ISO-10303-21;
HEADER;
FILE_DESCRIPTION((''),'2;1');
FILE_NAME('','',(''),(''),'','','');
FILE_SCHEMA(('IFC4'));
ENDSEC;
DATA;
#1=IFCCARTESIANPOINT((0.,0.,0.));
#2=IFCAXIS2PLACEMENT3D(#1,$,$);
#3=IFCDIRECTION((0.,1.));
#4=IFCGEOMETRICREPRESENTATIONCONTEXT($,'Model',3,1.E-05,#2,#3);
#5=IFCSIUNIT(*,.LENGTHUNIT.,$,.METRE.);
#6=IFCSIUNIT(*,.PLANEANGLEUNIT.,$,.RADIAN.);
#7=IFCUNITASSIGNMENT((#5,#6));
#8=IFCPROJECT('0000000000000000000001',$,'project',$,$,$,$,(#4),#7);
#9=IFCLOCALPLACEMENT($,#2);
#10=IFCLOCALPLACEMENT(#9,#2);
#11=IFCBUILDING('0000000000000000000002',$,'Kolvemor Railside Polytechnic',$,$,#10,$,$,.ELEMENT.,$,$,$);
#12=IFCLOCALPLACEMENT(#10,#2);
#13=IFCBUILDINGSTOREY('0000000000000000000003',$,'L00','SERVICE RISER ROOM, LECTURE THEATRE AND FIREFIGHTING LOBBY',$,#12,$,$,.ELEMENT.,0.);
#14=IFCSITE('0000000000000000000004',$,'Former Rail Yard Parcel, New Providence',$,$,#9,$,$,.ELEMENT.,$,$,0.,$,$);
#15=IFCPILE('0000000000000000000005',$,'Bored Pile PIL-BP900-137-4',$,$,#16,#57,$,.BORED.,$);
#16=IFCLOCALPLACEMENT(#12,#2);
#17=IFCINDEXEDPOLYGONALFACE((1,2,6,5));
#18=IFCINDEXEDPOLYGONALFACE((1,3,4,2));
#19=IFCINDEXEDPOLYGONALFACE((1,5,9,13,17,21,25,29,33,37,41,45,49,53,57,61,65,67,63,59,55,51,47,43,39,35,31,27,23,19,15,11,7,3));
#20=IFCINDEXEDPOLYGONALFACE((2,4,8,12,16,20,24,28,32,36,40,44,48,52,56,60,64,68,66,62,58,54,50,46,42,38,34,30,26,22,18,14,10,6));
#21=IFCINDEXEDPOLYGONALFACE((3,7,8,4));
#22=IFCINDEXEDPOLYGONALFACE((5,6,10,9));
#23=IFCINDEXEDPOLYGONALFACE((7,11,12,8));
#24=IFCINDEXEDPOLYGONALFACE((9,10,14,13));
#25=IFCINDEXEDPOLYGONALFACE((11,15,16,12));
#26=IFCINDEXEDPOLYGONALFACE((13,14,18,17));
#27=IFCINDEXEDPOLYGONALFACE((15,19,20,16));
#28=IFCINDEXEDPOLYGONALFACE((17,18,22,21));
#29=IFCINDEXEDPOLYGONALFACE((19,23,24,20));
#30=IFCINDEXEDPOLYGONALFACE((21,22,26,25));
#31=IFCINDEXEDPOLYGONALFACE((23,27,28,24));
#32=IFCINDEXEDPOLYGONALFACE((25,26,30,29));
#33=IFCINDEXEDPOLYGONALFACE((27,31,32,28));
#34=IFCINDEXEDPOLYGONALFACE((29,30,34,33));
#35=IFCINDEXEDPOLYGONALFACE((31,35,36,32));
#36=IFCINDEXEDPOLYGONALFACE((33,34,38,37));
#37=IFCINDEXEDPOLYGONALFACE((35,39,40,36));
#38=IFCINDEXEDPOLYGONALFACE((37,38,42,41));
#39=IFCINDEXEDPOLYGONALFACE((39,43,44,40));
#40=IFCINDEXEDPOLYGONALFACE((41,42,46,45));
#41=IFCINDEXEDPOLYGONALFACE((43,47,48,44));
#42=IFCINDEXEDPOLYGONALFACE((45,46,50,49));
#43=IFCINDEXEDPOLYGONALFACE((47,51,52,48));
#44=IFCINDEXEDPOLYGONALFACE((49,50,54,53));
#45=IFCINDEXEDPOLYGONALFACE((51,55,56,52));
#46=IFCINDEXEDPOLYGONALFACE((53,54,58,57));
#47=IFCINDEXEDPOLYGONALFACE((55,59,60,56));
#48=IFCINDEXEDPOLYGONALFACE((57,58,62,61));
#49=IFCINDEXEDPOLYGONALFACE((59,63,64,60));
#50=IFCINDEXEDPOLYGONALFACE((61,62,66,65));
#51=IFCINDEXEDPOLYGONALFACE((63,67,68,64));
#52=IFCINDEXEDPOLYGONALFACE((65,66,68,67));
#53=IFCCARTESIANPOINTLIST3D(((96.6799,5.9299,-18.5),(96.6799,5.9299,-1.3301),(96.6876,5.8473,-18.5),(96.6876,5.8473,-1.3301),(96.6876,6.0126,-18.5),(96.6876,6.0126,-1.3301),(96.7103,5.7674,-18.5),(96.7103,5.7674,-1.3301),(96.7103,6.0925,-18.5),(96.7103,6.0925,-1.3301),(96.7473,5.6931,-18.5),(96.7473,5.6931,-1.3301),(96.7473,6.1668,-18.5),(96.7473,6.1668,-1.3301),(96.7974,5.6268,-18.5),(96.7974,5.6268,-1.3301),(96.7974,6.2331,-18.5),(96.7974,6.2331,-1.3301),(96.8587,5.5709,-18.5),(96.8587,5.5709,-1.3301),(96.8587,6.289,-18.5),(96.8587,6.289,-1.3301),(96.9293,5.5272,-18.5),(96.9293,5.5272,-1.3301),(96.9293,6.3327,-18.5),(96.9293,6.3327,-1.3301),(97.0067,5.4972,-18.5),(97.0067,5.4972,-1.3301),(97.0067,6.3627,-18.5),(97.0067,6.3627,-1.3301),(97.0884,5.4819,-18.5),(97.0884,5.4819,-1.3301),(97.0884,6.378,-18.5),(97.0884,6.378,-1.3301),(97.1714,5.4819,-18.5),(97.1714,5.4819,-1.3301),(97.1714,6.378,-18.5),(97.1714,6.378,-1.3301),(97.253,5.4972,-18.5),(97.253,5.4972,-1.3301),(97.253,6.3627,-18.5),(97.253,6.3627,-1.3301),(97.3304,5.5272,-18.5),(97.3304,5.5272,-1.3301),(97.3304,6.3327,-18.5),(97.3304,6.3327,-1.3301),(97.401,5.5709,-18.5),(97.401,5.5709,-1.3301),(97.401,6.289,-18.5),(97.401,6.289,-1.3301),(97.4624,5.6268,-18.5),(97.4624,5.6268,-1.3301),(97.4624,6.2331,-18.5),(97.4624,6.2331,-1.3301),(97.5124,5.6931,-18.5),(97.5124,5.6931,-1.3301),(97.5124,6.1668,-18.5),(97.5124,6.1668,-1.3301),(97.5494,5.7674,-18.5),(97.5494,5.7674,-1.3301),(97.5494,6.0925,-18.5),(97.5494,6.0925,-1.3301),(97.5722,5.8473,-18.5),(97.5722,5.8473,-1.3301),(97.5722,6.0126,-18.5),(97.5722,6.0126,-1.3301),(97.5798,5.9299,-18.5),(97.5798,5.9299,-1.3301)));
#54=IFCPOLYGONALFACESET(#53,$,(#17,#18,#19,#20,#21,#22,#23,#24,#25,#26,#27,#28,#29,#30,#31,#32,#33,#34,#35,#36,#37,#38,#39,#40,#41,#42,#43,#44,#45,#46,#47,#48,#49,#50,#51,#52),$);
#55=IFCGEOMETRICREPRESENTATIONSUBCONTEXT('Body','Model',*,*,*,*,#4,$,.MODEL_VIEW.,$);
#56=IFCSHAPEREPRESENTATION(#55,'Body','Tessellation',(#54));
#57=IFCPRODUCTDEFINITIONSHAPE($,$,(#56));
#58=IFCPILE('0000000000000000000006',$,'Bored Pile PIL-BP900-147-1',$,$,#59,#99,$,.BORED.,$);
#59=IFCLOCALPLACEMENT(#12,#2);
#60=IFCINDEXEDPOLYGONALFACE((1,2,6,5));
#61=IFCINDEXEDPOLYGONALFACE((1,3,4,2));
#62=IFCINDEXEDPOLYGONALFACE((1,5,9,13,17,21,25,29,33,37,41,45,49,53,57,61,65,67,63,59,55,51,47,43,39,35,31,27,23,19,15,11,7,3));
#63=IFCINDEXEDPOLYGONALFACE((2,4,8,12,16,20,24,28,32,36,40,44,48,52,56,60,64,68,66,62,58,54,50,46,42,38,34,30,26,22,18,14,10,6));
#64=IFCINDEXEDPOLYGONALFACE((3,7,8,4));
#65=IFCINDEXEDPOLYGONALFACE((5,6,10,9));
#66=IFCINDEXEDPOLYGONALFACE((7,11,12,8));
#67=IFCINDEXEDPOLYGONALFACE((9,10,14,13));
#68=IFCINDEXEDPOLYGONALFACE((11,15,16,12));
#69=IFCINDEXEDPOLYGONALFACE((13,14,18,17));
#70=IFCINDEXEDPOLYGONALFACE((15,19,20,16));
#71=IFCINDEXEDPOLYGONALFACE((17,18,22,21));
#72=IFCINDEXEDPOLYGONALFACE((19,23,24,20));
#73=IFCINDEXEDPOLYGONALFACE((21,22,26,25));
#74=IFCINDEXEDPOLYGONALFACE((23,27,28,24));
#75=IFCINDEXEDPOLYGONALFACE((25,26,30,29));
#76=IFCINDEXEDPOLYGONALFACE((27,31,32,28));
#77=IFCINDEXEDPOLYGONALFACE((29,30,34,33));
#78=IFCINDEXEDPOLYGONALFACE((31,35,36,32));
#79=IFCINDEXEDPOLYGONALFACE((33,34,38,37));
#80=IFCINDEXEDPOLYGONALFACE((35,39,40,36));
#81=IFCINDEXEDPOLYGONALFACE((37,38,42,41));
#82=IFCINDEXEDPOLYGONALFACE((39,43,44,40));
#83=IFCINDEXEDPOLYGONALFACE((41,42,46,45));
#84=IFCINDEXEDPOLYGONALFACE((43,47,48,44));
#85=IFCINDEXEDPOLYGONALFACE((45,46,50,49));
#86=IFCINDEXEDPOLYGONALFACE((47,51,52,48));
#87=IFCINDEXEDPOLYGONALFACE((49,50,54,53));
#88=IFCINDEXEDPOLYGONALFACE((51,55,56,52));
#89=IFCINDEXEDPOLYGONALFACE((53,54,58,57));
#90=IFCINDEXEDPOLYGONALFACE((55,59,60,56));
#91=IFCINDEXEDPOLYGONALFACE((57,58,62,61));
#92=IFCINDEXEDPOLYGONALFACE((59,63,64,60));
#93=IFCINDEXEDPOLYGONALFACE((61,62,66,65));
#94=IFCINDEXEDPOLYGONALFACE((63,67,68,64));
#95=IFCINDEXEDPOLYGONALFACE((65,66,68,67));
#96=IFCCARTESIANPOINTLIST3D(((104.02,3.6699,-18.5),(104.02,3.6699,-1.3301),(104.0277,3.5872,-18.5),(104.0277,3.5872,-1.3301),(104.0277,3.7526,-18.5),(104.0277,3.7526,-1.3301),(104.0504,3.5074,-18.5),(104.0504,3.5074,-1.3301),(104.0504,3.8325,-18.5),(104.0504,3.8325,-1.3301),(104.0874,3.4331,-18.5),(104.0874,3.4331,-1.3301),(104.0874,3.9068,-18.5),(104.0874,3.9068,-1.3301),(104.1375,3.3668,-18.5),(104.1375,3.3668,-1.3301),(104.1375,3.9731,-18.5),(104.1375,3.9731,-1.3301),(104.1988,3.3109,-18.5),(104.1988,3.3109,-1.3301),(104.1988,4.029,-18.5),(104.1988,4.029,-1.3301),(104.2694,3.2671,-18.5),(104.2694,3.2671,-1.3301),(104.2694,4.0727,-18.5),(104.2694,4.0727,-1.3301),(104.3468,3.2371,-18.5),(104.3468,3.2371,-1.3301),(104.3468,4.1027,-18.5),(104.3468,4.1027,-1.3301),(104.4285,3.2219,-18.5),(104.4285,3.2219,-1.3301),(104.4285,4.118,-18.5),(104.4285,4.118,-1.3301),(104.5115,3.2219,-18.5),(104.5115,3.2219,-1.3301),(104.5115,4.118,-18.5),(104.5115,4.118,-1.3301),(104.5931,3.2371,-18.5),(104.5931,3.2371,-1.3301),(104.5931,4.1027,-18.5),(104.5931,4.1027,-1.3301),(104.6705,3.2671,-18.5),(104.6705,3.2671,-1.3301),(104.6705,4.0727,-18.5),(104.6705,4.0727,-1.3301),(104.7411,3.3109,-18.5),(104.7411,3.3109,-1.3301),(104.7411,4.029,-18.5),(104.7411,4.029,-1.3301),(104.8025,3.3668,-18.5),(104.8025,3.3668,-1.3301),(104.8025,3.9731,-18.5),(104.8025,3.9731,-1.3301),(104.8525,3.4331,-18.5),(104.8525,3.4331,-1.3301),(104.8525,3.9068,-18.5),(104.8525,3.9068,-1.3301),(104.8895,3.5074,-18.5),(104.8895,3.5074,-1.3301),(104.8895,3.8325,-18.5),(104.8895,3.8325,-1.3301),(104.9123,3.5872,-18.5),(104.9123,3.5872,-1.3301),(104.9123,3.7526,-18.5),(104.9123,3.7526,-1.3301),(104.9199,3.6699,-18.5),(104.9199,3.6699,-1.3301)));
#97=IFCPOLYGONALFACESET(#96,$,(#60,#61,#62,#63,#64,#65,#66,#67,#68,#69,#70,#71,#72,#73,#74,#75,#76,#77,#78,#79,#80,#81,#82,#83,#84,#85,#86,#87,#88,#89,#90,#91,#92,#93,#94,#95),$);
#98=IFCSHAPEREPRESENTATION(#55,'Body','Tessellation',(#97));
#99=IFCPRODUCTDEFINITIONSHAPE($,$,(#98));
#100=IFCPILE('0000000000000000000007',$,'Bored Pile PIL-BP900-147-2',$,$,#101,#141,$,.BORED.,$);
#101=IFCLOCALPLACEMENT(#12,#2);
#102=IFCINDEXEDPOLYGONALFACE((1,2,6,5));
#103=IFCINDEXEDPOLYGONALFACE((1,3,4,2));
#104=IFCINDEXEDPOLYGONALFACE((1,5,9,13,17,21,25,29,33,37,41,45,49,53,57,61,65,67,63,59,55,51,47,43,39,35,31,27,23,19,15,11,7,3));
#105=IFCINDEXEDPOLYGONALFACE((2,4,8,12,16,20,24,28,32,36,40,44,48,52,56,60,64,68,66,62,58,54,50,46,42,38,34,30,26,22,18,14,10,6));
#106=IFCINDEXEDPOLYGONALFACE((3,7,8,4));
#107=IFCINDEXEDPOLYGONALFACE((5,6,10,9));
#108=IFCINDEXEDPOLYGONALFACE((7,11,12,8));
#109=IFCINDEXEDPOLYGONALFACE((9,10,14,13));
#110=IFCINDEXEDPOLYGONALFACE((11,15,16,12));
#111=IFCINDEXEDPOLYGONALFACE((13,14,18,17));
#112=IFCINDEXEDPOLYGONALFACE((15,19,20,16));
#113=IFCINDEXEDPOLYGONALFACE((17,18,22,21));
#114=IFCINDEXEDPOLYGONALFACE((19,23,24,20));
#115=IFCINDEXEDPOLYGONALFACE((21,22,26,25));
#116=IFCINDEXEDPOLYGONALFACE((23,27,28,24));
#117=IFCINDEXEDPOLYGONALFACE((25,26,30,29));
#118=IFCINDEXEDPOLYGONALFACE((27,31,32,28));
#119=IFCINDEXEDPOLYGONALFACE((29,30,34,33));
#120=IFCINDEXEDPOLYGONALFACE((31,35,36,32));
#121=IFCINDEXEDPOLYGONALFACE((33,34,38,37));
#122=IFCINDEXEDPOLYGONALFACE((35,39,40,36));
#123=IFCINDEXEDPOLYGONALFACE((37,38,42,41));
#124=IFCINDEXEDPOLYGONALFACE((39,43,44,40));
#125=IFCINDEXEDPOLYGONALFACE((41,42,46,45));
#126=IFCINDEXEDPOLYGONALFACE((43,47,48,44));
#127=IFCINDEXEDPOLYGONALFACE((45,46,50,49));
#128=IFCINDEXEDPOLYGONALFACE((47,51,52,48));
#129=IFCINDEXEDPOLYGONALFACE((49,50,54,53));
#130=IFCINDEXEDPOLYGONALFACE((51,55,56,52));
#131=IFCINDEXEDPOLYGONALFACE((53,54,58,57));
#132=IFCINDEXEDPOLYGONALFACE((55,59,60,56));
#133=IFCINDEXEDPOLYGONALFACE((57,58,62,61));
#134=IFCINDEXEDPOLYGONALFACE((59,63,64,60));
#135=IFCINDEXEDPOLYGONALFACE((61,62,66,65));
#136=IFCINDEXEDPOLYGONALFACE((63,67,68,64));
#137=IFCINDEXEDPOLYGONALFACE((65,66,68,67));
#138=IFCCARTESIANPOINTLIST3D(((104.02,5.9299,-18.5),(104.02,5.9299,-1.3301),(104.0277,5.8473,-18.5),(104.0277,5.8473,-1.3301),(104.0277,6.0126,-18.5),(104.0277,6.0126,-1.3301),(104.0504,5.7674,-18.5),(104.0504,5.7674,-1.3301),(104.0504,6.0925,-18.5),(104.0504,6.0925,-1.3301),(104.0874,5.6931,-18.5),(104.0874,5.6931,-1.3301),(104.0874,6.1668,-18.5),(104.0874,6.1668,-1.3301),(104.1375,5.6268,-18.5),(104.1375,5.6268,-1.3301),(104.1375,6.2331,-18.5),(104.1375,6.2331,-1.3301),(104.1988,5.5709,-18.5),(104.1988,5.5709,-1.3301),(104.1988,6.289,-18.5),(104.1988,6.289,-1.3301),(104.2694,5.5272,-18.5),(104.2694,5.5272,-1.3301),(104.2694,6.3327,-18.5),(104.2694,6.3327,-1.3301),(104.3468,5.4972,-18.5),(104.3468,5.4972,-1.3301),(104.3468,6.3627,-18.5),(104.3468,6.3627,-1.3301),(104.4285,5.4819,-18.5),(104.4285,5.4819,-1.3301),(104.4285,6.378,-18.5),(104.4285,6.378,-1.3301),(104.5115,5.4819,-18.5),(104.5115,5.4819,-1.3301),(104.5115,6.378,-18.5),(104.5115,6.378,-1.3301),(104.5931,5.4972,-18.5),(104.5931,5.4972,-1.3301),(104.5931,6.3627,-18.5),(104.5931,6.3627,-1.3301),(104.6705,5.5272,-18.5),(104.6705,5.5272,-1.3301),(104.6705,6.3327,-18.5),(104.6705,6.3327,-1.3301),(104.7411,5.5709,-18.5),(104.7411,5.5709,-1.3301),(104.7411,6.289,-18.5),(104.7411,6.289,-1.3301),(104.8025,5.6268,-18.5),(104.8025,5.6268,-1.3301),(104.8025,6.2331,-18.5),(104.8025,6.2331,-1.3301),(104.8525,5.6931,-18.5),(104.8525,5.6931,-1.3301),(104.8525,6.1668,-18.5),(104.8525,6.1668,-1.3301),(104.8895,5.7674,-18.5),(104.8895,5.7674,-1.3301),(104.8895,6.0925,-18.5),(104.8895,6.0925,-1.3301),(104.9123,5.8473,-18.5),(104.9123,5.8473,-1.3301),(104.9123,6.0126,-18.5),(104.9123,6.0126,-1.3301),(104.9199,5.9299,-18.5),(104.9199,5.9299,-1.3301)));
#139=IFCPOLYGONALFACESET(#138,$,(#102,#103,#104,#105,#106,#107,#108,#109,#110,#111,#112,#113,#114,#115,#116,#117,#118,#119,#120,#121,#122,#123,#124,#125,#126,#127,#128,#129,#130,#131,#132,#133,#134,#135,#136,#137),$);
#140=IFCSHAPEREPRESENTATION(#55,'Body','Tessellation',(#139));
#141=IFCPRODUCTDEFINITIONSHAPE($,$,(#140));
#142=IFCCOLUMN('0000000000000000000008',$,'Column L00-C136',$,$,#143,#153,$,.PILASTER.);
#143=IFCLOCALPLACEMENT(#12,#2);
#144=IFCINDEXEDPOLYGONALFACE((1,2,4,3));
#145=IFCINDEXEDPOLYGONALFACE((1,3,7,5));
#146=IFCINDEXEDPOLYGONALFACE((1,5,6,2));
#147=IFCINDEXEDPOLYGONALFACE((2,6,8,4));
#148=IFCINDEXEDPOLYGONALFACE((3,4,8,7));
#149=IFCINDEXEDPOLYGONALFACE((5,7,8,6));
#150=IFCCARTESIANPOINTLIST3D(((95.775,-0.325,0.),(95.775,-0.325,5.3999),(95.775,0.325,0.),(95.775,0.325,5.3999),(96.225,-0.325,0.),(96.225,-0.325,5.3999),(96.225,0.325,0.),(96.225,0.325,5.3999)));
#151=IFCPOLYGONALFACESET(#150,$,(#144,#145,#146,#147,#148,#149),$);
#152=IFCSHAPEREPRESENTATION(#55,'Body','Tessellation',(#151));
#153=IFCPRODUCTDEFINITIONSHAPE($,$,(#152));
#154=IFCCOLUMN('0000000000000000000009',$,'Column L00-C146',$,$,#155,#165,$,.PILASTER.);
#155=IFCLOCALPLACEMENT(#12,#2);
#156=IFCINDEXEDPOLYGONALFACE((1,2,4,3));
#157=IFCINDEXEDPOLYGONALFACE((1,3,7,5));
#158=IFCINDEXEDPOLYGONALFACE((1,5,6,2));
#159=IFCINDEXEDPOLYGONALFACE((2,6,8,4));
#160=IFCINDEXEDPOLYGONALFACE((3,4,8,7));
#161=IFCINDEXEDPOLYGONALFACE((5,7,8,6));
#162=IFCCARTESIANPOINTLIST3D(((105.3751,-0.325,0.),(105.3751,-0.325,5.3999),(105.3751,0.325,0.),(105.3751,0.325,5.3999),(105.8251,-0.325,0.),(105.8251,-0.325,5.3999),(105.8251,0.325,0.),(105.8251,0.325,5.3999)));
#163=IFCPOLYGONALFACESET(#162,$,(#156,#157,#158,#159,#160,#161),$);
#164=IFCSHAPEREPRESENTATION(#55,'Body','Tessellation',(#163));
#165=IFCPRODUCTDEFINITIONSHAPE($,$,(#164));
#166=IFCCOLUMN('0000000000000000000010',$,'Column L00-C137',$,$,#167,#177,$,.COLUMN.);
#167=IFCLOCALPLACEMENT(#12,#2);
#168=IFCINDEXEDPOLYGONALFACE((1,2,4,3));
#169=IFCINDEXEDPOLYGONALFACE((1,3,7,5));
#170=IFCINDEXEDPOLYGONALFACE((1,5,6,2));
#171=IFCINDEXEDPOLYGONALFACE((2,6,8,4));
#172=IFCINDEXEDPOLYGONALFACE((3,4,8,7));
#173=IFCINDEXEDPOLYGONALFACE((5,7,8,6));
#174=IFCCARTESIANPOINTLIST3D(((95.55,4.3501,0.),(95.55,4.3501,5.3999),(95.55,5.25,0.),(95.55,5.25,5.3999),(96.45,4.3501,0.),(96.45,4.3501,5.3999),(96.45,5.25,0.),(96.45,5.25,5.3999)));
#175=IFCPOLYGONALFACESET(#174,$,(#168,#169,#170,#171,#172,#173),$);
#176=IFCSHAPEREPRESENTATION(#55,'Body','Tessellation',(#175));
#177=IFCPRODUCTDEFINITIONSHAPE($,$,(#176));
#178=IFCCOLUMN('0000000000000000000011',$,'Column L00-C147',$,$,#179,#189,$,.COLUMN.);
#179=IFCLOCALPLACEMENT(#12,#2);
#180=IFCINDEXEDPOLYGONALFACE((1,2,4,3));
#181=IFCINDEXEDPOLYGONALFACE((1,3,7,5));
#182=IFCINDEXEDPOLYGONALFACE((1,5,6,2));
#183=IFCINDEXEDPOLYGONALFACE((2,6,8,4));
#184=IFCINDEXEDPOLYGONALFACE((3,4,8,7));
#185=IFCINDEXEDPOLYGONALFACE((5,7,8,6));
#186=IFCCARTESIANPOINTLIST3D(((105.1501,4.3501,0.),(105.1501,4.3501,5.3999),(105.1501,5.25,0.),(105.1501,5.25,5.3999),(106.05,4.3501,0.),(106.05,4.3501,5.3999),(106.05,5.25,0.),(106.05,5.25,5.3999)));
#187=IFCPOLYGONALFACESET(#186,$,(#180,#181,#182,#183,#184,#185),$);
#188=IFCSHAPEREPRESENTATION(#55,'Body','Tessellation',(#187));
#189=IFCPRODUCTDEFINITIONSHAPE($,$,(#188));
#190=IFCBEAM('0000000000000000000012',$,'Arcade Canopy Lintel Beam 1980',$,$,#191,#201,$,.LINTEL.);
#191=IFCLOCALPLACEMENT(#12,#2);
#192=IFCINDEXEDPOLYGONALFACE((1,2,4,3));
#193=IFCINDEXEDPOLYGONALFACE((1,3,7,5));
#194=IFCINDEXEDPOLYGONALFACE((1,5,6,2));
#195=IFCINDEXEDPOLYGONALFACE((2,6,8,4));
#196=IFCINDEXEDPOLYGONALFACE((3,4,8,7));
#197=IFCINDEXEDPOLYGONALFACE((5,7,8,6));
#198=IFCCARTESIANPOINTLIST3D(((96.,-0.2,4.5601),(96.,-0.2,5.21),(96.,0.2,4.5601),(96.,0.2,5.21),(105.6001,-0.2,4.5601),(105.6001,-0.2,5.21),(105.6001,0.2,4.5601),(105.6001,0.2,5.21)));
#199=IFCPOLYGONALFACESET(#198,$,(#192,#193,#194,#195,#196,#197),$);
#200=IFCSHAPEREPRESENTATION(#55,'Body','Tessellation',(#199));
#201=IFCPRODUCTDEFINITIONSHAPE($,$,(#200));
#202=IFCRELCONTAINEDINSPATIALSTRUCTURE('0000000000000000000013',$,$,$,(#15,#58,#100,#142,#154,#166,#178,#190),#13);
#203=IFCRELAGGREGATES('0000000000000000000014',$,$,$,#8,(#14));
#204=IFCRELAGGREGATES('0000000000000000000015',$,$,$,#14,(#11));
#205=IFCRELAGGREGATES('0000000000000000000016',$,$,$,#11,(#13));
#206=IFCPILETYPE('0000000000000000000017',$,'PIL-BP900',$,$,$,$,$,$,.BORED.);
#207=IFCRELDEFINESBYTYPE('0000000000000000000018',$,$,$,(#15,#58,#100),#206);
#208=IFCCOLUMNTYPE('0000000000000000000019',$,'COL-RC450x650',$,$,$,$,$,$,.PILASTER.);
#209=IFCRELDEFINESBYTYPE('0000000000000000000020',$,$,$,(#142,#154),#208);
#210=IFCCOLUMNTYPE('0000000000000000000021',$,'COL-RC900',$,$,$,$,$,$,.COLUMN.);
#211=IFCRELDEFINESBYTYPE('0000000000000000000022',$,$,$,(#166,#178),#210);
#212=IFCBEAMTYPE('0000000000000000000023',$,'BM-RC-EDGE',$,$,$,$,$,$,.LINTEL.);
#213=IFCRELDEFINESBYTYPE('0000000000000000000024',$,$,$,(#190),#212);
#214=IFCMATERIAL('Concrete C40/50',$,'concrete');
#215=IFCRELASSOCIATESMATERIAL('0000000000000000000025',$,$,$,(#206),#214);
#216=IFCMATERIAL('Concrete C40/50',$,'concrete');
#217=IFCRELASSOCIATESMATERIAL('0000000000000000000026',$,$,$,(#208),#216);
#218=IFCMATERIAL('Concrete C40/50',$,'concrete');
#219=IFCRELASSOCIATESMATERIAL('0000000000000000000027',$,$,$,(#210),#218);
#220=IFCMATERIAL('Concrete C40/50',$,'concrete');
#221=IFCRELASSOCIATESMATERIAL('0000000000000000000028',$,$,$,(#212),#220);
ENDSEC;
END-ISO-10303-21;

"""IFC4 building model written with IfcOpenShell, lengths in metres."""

from ifc_helpers import new_model, si_unit, direction, frame, origin, origin_2d, place, context, subcontext, project, spatial, rectangle, circle, extrude, material, material_profile, profile_set, type_object, element, save


model = new_model("IFC4")

# Units and contexts
model_context = context("Model", 3, precision=1e-05, world=origin(), true_north=direction((0.0, 1.0)))
body_context = subcontext(model_context, "Body", "Model", "MODEL_VIEW")
ifc_project = project(units=[si_unit("LENGTHUNIT", "METRE"), si_unit("PLANEANGLEUNIT", "RADIAN")], contexts=[model_context])

# Site, building, storey
site_placement = place(None, origin())
site = spatial("IfcSite", under=ifc_project, at=site_placement, Name="Former Rail Yard Parcel, New Providence", CompositionType="ELEMENT", RefElevation=0.0)
building_placement = place(site_placement, origin())
building = spatial("IfcBuilding", under=site, at=building_placement, Name="Kolvemor Railside Polytechnic", CompositionType="ELEMENT")
storey_placement = place(building_placement, origin())
storey = spatial("IfcBuildingStorey", under=building, at=storey_placement, Name="L00", Description="SERVICE RISER ROOM, LECTURE THEATRE AND FIREFIGHTING LOBBY", CompositionType="ELEMENT", Elevation=0.0)

# Piles
ifc_material_1 = material(Name="Concrete C40/50", Category="concrete")
ifc_material_profile_1 = material_profile(ifc_material_1, circle(Radius=0.45, at=origin_2d()), Name="BP900")
ifc_profile_set_1 = profile_set([ifc_material_profile_1], Name="Concrete C40/50")
pile_type_1 = type_object("IfcPileType", Name="PIL-BP900", PredefinedType="BORED", material=ifc_profile_set_1)
for number, where, z_axis, x_axis, name in (
    (1, (97.1299, 5.9299, -1.3301), (0.0, 0.0, -1.0), (1.0, 0.0, 0.0), "Bored Pile PIL-BP900-137-4"),
    (2, (104.47, 3.6699, -1.3301), (0.0, 0.0, -1.0), (1.0, 0.0, 0.0), "Bored Pile PIL-BP900-147-1"),
    (3, (104.47, 5.9299, -1.3301), (0.0, 0.0, -1.0), (1.0, 0.0, 0.0), "Bored Pile PIL-BP900-147-2"),
):
    element("IfcPile", number, at=place(storey_placement, frame(where, z_axis=z_axis, x_axis=x_axis)), inside=storey, type_object=pile_type_1, Name=name, PredefinedType="BORED", context=body_context, shape_type="SweptSolid", body=[
        extrude(circle(Radius=0.45, at=origin_2d()), origin(), (0.0, 0.0, 1.0), 17.1699),
    ])

# Columns
ifc_material_2 = material(Name="Concrete C40/50", Category="concrete")
ifc_material_profile_2 = material_profile(ifc_material_2, rectangle(XDim=0.45, YDim=0.6499, at=origin_2d()), Name="RC450x650")
ifc_profile_set_2 = profile_set([ifc_material_profile_2], Name="Concrete C40/50")
column_type_1 = type_object("IfcColumnType", Name="COL-RC450x650", PredefinedType="PILASTER", material=ifc_profile_set_2)
for number, where, z_axis, x_axis, name in (
    (4, (96.0, 0.0, 0.0), (0.0, 0.0, 1.0), (1.0, 0.0, 0.0), "Column L00-C136"),
    (5, (105.6001, 0.0, 0.0), (0.0, 0.0, 1.0), (1.0, 0.0, 0.0), "Column L00-C146"),
):
    element("IfcColumn", number, at=place(storey_placement, frame(where, z_axis=z_axis, x_axis=x_axis)), inside=storey, type_object=column_type_1, Name=name, PredefinedType="PILASTER", context=body_context, shape_type="SweptSolid", body=[
        extrude(rectangle(XDim=0.45, YDim=0.6499, at=origin_2d()), origin(), (0.0, 0.0, 1.0), 5.3999),
    ])
ifc_material_3 = material(Name="Concrete C40/50", Category="concrete")
ifc_material_profile_3 = material_profile(ifc_material_3, rectangle(XDim=0.8999, YDim=0.8999, at=origin_2d()), Name="RC900x900")
ifc_profile_set_3 = profile_set([ifc_material_profile_3], Name="Concrete C40/50")
column_type_2 = type_object("IfcColumnType", Name="COL-RC900", PredefinedType="COLUMN", material=ifc_profile_set_3)
for number, where, z_axis, x_axis, name in (
    (6, (96.0, 4.8, 0.0), (0.0, 0.0, 1.0), (1.0, 0.0, 0.0), "Column L00-C137"),
    (7, (105.6001, 4.8, 0.0), (0.0, 0.0, 1.0), (1.0, 0.0, 0.0), "Column L00-C147"),
):
    element("IfcColumn", number, at=place(storey_placement, frame(where, z_axis=z_axis, x_axis=x_axis)), inside=storey, type_object=column_type_2, Name=name, PredefinedType="COLUMN", context=body_context, shape_type="SweptSolid", body=[
        extrude(rectangle(XDim=0.8999, YDim=0.8999, at=origin_2d()), origin(), (0.0, 0.0, 1.0), 5.3999),
    ])

# Beam
ifc_material_4 = material(Name="Concrete C40/50", Category="concrete")
ifc_material_profile_4 = material_profile(ifc_material_4, rectangle(XDim=0.3999, YDim=0.6499, at=origin_2d()), Name="RC400x650")
ifc_profile_set_4 = profile_set([ifc_material_profile_4], Name="Concrete C40/50")
beam_type_1 = type_object("IfcBeamType", Name="BM-RC-EDGE", PredefinedType="LINTEL", material=ifc_profile_set_4)
beam_1_placement = place(storey_placement, frame((96.0, 0.0, 4.885), z_axis=(1.0, 0.0, 0.0), x_axis=(0.0, 1.0, 0.0)))
element("IfcBeam", 8, at=beam_1_placement, inside=storey, type_object=beam_type_1, Name="Arcade Canopy Lintel Beam 1980", PredefinedType="LINTEL", context=body_context, shape_type="SweptSolid", body=[
    extrude(rectangle(XDim=0.3999, YDim=0.6499, at=origin_2d()), origin(), (0.0, 0.0, 1.0), 9.6001),
])

save(model, "model.ifc")
